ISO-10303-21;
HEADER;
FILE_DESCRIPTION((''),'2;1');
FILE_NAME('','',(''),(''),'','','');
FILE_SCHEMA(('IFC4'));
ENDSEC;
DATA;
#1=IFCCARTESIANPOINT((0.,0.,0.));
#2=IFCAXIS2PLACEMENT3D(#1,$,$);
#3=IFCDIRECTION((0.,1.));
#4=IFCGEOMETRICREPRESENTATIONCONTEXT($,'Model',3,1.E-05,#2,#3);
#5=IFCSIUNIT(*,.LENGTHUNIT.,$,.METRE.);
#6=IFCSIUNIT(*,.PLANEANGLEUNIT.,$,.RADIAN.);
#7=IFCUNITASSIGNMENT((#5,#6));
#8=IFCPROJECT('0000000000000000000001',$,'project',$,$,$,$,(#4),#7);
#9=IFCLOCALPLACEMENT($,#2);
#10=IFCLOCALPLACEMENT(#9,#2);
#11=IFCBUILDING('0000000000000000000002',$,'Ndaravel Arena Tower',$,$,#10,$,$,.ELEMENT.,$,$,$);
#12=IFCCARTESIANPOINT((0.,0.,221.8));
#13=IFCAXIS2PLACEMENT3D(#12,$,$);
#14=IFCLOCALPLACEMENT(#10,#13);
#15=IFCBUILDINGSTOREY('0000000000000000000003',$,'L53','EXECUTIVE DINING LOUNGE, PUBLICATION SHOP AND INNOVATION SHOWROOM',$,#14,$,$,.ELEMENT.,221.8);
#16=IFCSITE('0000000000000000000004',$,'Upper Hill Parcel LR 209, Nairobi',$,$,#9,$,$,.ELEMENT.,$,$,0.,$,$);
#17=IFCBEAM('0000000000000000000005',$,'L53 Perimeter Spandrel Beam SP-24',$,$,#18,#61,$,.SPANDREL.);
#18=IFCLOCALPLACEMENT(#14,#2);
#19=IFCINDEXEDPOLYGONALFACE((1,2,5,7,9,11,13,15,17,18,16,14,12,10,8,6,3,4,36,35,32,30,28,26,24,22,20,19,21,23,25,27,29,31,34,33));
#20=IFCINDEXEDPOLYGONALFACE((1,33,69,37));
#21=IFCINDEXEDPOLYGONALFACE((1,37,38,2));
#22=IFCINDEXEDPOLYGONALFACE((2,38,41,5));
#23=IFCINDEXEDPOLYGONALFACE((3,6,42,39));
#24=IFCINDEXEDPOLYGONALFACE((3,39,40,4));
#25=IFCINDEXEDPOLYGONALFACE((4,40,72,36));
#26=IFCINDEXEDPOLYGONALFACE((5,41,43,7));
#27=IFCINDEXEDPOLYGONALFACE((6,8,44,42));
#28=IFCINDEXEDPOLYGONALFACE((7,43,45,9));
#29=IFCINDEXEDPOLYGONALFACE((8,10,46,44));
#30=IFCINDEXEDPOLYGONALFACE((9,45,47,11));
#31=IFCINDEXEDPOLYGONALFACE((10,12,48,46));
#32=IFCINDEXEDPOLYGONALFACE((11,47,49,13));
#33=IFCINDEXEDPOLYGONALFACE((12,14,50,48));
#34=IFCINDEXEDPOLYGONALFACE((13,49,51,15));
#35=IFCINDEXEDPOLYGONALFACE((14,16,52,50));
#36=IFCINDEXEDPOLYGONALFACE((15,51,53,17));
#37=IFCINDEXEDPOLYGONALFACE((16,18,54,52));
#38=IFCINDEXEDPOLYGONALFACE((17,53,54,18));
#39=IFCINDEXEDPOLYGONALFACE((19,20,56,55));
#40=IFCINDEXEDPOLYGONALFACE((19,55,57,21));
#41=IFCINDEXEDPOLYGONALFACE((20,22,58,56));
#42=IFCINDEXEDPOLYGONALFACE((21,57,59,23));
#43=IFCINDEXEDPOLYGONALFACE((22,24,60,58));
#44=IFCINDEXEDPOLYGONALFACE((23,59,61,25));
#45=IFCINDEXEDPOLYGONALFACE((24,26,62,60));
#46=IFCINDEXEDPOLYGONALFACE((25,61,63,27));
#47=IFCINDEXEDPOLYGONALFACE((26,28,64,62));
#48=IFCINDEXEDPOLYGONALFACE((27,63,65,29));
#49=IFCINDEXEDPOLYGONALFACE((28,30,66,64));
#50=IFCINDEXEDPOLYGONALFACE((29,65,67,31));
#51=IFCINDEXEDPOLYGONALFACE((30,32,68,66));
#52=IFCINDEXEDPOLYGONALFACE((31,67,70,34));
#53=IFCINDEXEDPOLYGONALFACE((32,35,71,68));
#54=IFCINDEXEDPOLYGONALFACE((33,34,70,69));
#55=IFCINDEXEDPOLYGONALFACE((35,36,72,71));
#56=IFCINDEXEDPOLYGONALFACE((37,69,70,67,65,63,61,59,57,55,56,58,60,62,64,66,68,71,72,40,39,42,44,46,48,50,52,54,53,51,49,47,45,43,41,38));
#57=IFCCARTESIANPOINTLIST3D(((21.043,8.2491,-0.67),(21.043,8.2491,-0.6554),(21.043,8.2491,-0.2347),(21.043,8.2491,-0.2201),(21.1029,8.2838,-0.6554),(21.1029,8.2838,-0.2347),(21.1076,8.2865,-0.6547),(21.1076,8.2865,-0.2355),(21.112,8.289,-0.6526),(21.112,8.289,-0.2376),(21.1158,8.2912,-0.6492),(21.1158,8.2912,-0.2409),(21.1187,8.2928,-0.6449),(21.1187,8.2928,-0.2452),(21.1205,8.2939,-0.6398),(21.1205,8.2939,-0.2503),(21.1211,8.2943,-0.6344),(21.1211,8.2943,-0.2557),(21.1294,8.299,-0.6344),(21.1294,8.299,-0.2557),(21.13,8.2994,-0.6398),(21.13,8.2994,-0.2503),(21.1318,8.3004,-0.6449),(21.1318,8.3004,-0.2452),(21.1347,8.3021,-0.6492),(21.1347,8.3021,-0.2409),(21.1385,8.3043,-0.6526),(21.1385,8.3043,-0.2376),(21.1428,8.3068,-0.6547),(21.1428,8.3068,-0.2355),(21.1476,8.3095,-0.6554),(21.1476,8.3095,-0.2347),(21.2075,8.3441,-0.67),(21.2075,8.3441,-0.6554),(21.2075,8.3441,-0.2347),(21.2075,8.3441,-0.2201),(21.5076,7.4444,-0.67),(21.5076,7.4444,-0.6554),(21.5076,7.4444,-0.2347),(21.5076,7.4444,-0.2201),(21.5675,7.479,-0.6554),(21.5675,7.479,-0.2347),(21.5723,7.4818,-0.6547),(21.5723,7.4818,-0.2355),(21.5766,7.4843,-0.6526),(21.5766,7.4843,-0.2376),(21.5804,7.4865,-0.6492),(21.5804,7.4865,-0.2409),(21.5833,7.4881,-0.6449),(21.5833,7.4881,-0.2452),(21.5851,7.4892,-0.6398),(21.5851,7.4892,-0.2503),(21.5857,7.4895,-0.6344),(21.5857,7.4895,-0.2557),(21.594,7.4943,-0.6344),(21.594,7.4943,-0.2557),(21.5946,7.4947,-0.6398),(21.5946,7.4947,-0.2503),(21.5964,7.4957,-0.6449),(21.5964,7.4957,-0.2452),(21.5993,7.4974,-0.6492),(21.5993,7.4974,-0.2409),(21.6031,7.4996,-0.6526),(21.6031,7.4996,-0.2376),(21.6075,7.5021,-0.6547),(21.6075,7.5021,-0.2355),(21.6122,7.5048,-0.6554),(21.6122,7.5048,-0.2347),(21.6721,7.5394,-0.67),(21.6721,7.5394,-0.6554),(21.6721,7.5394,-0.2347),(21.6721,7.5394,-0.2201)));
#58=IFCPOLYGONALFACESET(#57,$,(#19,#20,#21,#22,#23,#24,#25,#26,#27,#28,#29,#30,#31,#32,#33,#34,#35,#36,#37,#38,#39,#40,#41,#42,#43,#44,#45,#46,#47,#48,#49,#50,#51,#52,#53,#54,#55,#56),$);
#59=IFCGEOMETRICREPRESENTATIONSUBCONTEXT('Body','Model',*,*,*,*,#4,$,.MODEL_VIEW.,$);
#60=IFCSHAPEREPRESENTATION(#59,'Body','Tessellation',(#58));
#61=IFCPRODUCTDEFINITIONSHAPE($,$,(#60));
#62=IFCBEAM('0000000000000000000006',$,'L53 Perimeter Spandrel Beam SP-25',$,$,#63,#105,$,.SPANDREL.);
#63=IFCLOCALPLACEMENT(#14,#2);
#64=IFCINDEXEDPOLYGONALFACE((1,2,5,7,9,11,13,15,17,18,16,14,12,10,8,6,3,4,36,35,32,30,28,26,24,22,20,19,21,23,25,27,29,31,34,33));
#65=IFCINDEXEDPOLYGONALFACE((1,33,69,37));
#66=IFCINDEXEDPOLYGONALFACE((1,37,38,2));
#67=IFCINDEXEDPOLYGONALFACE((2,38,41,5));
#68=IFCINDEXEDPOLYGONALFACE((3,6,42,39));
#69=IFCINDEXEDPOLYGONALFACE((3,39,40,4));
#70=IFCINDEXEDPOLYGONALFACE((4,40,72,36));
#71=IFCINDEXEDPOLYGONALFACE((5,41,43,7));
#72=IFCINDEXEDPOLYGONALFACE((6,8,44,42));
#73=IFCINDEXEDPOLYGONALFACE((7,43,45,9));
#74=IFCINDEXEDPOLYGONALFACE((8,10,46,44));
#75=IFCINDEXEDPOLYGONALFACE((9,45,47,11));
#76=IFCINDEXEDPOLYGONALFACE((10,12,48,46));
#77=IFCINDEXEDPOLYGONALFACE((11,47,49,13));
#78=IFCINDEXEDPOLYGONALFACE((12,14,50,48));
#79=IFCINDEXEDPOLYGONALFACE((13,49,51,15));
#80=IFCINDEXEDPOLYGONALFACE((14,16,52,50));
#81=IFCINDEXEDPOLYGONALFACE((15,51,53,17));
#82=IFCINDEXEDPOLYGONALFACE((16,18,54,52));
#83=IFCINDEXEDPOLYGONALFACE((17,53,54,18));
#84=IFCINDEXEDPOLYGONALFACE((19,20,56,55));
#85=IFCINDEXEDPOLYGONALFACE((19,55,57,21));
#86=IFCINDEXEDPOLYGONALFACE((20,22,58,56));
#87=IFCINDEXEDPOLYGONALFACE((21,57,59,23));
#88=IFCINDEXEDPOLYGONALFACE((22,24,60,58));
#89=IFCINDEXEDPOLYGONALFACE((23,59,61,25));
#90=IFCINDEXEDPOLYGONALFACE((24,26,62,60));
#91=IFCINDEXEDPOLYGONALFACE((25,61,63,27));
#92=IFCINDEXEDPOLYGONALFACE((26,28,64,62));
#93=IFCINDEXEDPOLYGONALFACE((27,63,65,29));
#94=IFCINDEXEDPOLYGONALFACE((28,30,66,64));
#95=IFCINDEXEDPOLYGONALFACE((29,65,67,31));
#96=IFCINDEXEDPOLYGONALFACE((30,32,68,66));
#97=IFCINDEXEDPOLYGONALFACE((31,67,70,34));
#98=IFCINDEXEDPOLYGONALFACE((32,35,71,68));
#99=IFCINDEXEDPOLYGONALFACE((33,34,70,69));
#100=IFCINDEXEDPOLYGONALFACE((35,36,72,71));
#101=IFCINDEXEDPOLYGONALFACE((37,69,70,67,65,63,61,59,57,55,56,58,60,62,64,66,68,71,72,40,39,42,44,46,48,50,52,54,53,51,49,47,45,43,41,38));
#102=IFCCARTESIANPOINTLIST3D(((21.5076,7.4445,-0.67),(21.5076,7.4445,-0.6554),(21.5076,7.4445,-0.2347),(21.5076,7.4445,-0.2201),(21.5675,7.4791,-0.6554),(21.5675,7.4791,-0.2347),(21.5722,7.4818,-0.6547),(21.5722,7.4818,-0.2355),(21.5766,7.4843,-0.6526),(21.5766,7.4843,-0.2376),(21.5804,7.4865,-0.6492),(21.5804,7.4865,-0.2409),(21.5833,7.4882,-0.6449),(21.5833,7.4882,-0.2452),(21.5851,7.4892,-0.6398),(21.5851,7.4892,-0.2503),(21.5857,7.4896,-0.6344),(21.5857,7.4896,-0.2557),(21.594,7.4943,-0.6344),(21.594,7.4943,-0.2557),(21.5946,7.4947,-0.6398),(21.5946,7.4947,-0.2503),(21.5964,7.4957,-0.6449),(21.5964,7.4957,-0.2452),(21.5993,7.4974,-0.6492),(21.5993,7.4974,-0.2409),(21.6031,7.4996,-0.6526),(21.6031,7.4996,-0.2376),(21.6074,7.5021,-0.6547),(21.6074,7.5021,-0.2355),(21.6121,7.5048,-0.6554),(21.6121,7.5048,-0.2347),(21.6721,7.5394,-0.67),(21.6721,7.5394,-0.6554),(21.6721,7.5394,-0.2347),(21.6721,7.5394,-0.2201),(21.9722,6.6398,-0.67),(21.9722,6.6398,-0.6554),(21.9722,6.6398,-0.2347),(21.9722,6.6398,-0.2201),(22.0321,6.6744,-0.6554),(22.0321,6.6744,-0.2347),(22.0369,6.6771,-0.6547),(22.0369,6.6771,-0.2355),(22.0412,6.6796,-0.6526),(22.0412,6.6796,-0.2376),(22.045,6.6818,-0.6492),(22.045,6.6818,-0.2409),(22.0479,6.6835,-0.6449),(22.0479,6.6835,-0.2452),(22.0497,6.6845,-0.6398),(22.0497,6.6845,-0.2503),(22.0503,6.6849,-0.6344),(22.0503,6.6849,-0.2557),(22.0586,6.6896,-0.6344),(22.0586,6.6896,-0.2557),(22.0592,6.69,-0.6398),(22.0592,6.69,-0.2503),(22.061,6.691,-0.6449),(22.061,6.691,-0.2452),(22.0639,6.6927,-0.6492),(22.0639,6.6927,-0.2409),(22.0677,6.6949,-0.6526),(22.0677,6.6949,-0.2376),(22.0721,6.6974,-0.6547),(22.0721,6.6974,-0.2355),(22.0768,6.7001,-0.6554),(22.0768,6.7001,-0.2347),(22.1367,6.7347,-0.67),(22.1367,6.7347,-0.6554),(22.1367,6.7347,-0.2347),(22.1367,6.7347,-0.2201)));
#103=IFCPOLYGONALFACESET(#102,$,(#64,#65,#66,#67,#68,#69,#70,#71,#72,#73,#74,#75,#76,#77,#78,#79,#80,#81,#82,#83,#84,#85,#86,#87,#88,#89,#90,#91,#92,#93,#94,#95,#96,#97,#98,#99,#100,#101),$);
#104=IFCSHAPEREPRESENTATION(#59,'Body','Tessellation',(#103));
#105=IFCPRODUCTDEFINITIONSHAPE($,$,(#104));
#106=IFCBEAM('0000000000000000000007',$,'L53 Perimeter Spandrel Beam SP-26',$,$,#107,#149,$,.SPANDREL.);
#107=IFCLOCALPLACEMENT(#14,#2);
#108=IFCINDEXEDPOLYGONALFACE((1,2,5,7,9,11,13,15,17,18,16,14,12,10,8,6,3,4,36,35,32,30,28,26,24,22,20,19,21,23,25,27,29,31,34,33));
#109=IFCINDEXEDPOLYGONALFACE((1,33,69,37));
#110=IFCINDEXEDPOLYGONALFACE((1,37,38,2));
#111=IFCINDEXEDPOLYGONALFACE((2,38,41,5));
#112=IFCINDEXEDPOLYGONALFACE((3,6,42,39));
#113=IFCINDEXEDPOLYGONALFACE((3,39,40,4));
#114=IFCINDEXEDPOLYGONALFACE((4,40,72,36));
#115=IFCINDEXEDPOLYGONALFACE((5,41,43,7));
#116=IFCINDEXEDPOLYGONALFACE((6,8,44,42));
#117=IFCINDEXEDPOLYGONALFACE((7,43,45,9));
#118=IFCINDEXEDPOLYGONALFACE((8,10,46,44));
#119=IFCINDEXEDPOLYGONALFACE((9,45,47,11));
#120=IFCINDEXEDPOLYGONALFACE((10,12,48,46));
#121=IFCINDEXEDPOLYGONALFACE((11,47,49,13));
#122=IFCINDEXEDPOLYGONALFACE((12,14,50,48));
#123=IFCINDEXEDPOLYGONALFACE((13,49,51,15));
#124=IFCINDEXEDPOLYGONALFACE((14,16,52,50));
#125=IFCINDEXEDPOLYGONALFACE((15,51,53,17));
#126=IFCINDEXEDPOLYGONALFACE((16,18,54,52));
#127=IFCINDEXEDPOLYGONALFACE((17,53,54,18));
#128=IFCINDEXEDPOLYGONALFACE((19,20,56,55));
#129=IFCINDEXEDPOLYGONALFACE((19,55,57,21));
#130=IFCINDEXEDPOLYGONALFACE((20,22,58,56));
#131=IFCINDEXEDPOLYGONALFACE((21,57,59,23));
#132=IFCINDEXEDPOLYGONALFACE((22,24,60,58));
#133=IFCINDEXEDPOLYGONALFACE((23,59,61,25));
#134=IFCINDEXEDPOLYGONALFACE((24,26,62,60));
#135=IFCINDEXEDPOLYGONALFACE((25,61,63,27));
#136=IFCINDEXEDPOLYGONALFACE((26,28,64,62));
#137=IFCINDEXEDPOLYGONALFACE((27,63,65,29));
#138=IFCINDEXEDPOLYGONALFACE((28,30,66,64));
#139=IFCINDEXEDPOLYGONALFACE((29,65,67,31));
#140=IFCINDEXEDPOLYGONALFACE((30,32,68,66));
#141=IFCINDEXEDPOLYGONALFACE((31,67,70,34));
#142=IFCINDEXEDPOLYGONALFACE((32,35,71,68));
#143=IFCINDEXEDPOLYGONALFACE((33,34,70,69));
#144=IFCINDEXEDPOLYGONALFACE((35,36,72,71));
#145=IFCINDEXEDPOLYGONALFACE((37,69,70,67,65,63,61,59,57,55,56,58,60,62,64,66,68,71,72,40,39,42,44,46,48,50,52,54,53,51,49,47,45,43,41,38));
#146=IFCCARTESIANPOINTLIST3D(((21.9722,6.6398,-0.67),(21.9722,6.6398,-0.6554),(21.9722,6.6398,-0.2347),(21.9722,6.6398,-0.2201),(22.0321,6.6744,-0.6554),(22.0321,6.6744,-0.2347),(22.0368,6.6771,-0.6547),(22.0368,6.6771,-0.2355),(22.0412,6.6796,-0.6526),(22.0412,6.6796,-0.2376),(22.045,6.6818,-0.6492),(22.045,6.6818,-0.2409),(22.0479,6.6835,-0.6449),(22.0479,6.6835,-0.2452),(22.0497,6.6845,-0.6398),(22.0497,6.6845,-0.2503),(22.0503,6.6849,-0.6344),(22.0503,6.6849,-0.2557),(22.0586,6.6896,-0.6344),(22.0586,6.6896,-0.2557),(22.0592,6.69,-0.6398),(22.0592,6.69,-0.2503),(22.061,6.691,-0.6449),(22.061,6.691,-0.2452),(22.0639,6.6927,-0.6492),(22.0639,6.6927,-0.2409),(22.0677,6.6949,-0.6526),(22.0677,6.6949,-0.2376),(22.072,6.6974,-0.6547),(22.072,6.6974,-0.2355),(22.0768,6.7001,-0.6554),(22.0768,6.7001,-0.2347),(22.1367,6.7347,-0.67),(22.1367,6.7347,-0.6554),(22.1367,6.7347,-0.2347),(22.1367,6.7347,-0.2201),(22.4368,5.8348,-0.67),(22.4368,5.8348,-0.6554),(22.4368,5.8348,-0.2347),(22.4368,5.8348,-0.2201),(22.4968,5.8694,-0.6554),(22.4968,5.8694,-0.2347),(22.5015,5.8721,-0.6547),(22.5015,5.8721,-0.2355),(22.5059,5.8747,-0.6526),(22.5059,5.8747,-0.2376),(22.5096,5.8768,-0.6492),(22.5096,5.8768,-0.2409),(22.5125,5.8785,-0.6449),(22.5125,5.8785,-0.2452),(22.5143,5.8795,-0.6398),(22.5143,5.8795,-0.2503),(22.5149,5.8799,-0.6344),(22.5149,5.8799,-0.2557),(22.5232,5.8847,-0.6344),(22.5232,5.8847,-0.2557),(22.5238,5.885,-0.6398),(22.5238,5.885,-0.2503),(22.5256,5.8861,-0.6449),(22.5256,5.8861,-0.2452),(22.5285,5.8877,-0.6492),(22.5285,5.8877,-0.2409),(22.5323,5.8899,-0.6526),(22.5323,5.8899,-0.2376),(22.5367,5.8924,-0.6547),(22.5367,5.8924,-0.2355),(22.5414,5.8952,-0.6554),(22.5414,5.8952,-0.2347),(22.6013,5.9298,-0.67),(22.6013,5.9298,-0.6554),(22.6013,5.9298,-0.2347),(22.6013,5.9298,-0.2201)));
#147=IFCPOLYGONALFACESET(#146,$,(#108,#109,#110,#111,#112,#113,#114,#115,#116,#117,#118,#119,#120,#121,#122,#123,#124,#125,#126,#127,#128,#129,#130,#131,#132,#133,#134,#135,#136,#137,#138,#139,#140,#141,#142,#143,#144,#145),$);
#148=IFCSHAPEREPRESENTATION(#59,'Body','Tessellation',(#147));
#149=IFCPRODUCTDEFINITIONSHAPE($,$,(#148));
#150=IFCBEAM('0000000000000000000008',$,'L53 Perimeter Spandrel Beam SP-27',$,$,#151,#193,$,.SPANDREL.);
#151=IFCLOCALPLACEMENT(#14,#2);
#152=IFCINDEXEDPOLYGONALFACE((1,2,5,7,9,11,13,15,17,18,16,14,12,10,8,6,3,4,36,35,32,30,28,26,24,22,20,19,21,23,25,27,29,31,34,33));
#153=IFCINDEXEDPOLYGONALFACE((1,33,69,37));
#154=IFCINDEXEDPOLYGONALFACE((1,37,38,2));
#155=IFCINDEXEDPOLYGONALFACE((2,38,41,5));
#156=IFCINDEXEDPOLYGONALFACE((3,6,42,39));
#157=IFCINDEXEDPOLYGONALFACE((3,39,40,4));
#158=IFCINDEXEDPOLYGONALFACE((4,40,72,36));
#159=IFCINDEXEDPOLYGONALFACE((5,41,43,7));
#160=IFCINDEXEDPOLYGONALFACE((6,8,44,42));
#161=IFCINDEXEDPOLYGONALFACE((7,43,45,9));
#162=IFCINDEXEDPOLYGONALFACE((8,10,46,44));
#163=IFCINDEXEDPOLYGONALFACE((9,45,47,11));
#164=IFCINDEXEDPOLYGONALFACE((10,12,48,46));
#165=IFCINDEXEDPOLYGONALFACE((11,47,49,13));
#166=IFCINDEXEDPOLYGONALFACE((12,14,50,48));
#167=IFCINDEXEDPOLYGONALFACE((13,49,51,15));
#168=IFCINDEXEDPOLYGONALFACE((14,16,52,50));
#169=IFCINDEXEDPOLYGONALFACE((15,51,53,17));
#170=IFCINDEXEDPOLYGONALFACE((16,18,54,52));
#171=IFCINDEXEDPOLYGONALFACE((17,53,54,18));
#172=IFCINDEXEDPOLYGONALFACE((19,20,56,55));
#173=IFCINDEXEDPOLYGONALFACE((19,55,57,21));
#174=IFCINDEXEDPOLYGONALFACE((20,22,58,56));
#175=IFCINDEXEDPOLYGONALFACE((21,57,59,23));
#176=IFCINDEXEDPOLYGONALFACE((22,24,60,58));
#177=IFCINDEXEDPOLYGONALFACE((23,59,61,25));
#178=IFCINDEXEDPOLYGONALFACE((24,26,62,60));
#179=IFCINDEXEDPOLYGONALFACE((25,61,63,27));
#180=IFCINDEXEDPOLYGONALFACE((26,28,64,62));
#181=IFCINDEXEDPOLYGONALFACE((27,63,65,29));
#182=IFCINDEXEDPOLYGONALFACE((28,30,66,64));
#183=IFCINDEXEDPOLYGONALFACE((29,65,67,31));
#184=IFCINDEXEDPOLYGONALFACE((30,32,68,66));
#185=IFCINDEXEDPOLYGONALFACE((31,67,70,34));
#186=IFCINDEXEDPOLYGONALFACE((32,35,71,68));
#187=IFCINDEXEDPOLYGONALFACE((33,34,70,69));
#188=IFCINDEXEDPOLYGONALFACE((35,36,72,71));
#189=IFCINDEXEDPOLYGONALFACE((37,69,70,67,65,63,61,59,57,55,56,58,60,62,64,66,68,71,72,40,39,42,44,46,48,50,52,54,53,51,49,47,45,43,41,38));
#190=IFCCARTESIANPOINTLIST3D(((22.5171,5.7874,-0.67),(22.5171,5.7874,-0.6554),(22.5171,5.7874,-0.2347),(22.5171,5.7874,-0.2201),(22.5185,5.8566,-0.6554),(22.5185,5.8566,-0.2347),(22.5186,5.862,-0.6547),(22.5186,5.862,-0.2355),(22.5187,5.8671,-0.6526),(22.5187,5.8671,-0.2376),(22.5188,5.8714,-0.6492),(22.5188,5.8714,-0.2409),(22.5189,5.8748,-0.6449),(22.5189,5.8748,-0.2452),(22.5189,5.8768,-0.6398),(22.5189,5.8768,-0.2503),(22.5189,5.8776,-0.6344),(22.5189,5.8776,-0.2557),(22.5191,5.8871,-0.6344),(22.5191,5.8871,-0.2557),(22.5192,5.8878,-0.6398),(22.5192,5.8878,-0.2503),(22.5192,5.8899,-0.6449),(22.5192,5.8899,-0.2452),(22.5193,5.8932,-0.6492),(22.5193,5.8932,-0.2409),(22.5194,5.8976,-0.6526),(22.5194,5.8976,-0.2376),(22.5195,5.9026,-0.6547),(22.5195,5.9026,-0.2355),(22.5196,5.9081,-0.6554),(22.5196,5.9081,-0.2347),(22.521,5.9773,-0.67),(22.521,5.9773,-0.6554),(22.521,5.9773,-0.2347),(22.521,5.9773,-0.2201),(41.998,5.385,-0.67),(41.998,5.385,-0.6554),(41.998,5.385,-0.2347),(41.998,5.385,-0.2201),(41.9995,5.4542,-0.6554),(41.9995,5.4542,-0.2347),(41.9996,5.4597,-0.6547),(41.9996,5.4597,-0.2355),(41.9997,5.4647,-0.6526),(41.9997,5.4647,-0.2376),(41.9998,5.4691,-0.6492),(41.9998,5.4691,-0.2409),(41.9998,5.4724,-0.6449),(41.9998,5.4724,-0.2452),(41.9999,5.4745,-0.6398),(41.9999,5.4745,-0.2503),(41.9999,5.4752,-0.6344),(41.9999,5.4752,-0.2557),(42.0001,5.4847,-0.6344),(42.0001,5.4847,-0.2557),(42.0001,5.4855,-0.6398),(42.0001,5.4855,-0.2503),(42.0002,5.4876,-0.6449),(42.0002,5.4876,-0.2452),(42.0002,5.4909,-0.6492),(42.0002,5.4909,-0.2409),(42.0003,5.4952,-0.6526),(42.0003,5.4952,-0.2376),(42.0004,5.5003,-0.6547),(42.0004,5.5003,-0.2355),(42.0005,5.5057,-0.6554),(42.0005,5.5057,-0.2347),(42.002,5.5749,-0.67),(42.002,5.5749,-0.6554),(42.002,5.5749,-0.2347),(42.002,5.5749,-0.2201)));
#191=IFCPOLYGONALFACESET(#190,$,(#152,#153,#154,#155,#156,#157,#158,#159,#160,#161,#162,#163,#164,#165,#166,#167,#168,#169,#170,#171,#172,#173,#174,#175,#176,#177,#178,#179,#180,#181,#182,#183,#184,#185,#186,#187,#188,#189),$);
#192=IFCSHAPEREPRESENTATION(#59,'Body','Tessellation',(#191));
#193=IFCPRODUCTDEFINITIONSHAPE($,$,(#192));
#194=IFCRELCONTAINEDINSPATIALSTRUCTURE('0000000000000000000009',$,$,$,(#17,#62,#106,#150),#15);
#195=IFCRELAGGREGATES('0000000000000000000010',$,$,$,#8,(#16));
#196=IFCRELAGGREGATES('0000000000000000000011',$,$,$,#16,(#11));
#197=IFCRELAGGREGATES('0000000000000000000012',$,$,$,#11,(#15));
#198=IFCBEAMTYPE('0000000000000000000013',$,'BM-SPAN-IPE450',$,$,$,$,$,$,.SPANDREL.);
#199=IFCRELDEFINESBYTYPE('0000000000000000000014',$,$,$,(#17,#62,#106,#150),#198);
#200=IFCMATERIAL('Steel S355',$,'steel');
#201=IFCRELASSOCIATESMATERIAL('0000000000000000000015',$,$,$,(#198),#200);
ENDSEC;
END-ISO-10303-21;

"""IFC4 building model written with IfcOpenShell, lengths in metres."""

from ifc_helpers import new_model, si_unit, direction, frame, origin, origin_2d, place, context, subcontext, project, spatial, i_section, extrude, material, material_profile, profile_set, type_object, element, save


model = new_model("IFC4")

# Units and contexts
model_context = context("Model", 3, precision=1e-05, world=origin(), true_north=direction((0.0, 1.0)))
body_context = subcontext(model_context, "Body", "Model", "MODEL_VIEW")
ifc_project = project(units=[si_unit("LENGTHUNIT", "METRE"), si_unit("PLANEANGLEUNIT", "RADIAN")], contexts=[model_context])

# Site, building, storey
site_placement = place(None, origin())
site = spatial("IfcSite", under=ifc_project, at=site_placement, Name="Upper Hill Parcel LR 209, Nairobi", CompositionType="ELEMENT", RefElevation=0.0)
building_placement = place(site_placement, origin())
building = spatial("IfcBuilding", under=site, at=building_placement, Name="Ndaravel Arena Tower", CompositionType="ELEMENT")
storey_placement = place(building_placement, frame((0.0, 0.0, 221.8)))
storey = spatial("IfcBuildingStorey", under=building, at=storey_placement, Name="L53", Description="EXECUTIVE DINING LOUNGE, PUBLICATION SHOP AND INNOVATION SHOWROOM", CompositionType="ELEMENT", Elevation=221.8)

# Beams
ifc_material_1 = material(Name="Steel S355", Category="steel")
ifc_material_profile_1 = material_profile(ifc_material_1, i_section(OverallWidth=0.1899, OverallDepth=0.45, WebThickness=0.0095, FlangeThickness=0.0146, FilletRadius=0.021, at=origin_2d()), Name="IPE 450")
ifc_profile_set_1 = profile_set([ifc_material_profile_1], Name="Steel S355")
beam_type = type_object("IfcBeamType", Name="BM-SPAN-IPE450", PredefinedType="SPANDREL", material=ifc_profile_set_1)
for number, where, z_axis, x_axis, name in (
    (1, (21.1252, 8.2966, -0.4451), (0.500011, -0.866019, 0.0), (0.866019, 0.500011, 0.0), "L53 Perimeter Spandrel Beam SP-24"),
    (2, (21.5898, 7.4919, -0.4451), (0.500011, -0.866019, 0.0), (0.866019, 0.500011, 0.0), "L53 Perimeter Spandrel Beam SP-25"),
):
    element("IfcBeam", number, at=place(storey_placement, frame(where, z_axis=z_axis, x_axis=x_axis)), inside=storey, type_object=beam_type, Name=name, PredefinedType="SPANDREL", context=body_context, shape_type="SweptSolid", body=[
        extrude(i_section(OverallWidth=0.1899, OverallDepth=0.45, WebThickness=0.0095, FlangeThickness=0.0146, FilletRadius=0.021, at=origin_2d()), origin(), (0.0, 0.0, 1.0), 0.9292),
    ])
beam_1_placement = place(storey_placement, frame((22.0544, 6.6873, -0.4451), z_axis=(0.499897, -0.866085, 0.0), x_axis=(0.866085, 0.499897, 0.0)))
element("IfcBeam", 3, at=beam_1_placement, inside=storey, type_object=beam_type, Name="L53 Perimeter Spandrel Beam SP-26", PredefinedType="SPANDREL", context=body_context, shape_type="SweptSolid", body=[
    extrude(i_section(OverallWidth=0.1899, OverallDepth=0.45, WebThickness=0.0095, FlangeThickness=0.0146, FilletRadius=0.021, at=origin_2d()), origin(), (0.0, 0.0, 1.0), 0.9294),
])
beam_2_placement = place(storey_placement, frame((22.519, 5.8823, -0.4451), z_axis=(0.999787, -0.020649, 0.0), x_axis=(0.020649, 0.999787, 0.0)))
element("IfcBeam", 4, at=beam_2_placement, inside=storey, type_object=beam_type, Name="L53 Perimeter Spandrel Beam SP-27", PredefinedType="SPANDREL", context=body_context, shape_type="SweptSolid", body=[
    extrude(i_section(OverallWidth=0.1899, OverallDepth=0.45, WebThickness=0.0095, FlangeThickness=0.0146, FilletRadius=0.021, at=origin_2d()), origin(), (0.0, 0.0, 1.0), 19.4851),
])

save(model, "model.ifc")
